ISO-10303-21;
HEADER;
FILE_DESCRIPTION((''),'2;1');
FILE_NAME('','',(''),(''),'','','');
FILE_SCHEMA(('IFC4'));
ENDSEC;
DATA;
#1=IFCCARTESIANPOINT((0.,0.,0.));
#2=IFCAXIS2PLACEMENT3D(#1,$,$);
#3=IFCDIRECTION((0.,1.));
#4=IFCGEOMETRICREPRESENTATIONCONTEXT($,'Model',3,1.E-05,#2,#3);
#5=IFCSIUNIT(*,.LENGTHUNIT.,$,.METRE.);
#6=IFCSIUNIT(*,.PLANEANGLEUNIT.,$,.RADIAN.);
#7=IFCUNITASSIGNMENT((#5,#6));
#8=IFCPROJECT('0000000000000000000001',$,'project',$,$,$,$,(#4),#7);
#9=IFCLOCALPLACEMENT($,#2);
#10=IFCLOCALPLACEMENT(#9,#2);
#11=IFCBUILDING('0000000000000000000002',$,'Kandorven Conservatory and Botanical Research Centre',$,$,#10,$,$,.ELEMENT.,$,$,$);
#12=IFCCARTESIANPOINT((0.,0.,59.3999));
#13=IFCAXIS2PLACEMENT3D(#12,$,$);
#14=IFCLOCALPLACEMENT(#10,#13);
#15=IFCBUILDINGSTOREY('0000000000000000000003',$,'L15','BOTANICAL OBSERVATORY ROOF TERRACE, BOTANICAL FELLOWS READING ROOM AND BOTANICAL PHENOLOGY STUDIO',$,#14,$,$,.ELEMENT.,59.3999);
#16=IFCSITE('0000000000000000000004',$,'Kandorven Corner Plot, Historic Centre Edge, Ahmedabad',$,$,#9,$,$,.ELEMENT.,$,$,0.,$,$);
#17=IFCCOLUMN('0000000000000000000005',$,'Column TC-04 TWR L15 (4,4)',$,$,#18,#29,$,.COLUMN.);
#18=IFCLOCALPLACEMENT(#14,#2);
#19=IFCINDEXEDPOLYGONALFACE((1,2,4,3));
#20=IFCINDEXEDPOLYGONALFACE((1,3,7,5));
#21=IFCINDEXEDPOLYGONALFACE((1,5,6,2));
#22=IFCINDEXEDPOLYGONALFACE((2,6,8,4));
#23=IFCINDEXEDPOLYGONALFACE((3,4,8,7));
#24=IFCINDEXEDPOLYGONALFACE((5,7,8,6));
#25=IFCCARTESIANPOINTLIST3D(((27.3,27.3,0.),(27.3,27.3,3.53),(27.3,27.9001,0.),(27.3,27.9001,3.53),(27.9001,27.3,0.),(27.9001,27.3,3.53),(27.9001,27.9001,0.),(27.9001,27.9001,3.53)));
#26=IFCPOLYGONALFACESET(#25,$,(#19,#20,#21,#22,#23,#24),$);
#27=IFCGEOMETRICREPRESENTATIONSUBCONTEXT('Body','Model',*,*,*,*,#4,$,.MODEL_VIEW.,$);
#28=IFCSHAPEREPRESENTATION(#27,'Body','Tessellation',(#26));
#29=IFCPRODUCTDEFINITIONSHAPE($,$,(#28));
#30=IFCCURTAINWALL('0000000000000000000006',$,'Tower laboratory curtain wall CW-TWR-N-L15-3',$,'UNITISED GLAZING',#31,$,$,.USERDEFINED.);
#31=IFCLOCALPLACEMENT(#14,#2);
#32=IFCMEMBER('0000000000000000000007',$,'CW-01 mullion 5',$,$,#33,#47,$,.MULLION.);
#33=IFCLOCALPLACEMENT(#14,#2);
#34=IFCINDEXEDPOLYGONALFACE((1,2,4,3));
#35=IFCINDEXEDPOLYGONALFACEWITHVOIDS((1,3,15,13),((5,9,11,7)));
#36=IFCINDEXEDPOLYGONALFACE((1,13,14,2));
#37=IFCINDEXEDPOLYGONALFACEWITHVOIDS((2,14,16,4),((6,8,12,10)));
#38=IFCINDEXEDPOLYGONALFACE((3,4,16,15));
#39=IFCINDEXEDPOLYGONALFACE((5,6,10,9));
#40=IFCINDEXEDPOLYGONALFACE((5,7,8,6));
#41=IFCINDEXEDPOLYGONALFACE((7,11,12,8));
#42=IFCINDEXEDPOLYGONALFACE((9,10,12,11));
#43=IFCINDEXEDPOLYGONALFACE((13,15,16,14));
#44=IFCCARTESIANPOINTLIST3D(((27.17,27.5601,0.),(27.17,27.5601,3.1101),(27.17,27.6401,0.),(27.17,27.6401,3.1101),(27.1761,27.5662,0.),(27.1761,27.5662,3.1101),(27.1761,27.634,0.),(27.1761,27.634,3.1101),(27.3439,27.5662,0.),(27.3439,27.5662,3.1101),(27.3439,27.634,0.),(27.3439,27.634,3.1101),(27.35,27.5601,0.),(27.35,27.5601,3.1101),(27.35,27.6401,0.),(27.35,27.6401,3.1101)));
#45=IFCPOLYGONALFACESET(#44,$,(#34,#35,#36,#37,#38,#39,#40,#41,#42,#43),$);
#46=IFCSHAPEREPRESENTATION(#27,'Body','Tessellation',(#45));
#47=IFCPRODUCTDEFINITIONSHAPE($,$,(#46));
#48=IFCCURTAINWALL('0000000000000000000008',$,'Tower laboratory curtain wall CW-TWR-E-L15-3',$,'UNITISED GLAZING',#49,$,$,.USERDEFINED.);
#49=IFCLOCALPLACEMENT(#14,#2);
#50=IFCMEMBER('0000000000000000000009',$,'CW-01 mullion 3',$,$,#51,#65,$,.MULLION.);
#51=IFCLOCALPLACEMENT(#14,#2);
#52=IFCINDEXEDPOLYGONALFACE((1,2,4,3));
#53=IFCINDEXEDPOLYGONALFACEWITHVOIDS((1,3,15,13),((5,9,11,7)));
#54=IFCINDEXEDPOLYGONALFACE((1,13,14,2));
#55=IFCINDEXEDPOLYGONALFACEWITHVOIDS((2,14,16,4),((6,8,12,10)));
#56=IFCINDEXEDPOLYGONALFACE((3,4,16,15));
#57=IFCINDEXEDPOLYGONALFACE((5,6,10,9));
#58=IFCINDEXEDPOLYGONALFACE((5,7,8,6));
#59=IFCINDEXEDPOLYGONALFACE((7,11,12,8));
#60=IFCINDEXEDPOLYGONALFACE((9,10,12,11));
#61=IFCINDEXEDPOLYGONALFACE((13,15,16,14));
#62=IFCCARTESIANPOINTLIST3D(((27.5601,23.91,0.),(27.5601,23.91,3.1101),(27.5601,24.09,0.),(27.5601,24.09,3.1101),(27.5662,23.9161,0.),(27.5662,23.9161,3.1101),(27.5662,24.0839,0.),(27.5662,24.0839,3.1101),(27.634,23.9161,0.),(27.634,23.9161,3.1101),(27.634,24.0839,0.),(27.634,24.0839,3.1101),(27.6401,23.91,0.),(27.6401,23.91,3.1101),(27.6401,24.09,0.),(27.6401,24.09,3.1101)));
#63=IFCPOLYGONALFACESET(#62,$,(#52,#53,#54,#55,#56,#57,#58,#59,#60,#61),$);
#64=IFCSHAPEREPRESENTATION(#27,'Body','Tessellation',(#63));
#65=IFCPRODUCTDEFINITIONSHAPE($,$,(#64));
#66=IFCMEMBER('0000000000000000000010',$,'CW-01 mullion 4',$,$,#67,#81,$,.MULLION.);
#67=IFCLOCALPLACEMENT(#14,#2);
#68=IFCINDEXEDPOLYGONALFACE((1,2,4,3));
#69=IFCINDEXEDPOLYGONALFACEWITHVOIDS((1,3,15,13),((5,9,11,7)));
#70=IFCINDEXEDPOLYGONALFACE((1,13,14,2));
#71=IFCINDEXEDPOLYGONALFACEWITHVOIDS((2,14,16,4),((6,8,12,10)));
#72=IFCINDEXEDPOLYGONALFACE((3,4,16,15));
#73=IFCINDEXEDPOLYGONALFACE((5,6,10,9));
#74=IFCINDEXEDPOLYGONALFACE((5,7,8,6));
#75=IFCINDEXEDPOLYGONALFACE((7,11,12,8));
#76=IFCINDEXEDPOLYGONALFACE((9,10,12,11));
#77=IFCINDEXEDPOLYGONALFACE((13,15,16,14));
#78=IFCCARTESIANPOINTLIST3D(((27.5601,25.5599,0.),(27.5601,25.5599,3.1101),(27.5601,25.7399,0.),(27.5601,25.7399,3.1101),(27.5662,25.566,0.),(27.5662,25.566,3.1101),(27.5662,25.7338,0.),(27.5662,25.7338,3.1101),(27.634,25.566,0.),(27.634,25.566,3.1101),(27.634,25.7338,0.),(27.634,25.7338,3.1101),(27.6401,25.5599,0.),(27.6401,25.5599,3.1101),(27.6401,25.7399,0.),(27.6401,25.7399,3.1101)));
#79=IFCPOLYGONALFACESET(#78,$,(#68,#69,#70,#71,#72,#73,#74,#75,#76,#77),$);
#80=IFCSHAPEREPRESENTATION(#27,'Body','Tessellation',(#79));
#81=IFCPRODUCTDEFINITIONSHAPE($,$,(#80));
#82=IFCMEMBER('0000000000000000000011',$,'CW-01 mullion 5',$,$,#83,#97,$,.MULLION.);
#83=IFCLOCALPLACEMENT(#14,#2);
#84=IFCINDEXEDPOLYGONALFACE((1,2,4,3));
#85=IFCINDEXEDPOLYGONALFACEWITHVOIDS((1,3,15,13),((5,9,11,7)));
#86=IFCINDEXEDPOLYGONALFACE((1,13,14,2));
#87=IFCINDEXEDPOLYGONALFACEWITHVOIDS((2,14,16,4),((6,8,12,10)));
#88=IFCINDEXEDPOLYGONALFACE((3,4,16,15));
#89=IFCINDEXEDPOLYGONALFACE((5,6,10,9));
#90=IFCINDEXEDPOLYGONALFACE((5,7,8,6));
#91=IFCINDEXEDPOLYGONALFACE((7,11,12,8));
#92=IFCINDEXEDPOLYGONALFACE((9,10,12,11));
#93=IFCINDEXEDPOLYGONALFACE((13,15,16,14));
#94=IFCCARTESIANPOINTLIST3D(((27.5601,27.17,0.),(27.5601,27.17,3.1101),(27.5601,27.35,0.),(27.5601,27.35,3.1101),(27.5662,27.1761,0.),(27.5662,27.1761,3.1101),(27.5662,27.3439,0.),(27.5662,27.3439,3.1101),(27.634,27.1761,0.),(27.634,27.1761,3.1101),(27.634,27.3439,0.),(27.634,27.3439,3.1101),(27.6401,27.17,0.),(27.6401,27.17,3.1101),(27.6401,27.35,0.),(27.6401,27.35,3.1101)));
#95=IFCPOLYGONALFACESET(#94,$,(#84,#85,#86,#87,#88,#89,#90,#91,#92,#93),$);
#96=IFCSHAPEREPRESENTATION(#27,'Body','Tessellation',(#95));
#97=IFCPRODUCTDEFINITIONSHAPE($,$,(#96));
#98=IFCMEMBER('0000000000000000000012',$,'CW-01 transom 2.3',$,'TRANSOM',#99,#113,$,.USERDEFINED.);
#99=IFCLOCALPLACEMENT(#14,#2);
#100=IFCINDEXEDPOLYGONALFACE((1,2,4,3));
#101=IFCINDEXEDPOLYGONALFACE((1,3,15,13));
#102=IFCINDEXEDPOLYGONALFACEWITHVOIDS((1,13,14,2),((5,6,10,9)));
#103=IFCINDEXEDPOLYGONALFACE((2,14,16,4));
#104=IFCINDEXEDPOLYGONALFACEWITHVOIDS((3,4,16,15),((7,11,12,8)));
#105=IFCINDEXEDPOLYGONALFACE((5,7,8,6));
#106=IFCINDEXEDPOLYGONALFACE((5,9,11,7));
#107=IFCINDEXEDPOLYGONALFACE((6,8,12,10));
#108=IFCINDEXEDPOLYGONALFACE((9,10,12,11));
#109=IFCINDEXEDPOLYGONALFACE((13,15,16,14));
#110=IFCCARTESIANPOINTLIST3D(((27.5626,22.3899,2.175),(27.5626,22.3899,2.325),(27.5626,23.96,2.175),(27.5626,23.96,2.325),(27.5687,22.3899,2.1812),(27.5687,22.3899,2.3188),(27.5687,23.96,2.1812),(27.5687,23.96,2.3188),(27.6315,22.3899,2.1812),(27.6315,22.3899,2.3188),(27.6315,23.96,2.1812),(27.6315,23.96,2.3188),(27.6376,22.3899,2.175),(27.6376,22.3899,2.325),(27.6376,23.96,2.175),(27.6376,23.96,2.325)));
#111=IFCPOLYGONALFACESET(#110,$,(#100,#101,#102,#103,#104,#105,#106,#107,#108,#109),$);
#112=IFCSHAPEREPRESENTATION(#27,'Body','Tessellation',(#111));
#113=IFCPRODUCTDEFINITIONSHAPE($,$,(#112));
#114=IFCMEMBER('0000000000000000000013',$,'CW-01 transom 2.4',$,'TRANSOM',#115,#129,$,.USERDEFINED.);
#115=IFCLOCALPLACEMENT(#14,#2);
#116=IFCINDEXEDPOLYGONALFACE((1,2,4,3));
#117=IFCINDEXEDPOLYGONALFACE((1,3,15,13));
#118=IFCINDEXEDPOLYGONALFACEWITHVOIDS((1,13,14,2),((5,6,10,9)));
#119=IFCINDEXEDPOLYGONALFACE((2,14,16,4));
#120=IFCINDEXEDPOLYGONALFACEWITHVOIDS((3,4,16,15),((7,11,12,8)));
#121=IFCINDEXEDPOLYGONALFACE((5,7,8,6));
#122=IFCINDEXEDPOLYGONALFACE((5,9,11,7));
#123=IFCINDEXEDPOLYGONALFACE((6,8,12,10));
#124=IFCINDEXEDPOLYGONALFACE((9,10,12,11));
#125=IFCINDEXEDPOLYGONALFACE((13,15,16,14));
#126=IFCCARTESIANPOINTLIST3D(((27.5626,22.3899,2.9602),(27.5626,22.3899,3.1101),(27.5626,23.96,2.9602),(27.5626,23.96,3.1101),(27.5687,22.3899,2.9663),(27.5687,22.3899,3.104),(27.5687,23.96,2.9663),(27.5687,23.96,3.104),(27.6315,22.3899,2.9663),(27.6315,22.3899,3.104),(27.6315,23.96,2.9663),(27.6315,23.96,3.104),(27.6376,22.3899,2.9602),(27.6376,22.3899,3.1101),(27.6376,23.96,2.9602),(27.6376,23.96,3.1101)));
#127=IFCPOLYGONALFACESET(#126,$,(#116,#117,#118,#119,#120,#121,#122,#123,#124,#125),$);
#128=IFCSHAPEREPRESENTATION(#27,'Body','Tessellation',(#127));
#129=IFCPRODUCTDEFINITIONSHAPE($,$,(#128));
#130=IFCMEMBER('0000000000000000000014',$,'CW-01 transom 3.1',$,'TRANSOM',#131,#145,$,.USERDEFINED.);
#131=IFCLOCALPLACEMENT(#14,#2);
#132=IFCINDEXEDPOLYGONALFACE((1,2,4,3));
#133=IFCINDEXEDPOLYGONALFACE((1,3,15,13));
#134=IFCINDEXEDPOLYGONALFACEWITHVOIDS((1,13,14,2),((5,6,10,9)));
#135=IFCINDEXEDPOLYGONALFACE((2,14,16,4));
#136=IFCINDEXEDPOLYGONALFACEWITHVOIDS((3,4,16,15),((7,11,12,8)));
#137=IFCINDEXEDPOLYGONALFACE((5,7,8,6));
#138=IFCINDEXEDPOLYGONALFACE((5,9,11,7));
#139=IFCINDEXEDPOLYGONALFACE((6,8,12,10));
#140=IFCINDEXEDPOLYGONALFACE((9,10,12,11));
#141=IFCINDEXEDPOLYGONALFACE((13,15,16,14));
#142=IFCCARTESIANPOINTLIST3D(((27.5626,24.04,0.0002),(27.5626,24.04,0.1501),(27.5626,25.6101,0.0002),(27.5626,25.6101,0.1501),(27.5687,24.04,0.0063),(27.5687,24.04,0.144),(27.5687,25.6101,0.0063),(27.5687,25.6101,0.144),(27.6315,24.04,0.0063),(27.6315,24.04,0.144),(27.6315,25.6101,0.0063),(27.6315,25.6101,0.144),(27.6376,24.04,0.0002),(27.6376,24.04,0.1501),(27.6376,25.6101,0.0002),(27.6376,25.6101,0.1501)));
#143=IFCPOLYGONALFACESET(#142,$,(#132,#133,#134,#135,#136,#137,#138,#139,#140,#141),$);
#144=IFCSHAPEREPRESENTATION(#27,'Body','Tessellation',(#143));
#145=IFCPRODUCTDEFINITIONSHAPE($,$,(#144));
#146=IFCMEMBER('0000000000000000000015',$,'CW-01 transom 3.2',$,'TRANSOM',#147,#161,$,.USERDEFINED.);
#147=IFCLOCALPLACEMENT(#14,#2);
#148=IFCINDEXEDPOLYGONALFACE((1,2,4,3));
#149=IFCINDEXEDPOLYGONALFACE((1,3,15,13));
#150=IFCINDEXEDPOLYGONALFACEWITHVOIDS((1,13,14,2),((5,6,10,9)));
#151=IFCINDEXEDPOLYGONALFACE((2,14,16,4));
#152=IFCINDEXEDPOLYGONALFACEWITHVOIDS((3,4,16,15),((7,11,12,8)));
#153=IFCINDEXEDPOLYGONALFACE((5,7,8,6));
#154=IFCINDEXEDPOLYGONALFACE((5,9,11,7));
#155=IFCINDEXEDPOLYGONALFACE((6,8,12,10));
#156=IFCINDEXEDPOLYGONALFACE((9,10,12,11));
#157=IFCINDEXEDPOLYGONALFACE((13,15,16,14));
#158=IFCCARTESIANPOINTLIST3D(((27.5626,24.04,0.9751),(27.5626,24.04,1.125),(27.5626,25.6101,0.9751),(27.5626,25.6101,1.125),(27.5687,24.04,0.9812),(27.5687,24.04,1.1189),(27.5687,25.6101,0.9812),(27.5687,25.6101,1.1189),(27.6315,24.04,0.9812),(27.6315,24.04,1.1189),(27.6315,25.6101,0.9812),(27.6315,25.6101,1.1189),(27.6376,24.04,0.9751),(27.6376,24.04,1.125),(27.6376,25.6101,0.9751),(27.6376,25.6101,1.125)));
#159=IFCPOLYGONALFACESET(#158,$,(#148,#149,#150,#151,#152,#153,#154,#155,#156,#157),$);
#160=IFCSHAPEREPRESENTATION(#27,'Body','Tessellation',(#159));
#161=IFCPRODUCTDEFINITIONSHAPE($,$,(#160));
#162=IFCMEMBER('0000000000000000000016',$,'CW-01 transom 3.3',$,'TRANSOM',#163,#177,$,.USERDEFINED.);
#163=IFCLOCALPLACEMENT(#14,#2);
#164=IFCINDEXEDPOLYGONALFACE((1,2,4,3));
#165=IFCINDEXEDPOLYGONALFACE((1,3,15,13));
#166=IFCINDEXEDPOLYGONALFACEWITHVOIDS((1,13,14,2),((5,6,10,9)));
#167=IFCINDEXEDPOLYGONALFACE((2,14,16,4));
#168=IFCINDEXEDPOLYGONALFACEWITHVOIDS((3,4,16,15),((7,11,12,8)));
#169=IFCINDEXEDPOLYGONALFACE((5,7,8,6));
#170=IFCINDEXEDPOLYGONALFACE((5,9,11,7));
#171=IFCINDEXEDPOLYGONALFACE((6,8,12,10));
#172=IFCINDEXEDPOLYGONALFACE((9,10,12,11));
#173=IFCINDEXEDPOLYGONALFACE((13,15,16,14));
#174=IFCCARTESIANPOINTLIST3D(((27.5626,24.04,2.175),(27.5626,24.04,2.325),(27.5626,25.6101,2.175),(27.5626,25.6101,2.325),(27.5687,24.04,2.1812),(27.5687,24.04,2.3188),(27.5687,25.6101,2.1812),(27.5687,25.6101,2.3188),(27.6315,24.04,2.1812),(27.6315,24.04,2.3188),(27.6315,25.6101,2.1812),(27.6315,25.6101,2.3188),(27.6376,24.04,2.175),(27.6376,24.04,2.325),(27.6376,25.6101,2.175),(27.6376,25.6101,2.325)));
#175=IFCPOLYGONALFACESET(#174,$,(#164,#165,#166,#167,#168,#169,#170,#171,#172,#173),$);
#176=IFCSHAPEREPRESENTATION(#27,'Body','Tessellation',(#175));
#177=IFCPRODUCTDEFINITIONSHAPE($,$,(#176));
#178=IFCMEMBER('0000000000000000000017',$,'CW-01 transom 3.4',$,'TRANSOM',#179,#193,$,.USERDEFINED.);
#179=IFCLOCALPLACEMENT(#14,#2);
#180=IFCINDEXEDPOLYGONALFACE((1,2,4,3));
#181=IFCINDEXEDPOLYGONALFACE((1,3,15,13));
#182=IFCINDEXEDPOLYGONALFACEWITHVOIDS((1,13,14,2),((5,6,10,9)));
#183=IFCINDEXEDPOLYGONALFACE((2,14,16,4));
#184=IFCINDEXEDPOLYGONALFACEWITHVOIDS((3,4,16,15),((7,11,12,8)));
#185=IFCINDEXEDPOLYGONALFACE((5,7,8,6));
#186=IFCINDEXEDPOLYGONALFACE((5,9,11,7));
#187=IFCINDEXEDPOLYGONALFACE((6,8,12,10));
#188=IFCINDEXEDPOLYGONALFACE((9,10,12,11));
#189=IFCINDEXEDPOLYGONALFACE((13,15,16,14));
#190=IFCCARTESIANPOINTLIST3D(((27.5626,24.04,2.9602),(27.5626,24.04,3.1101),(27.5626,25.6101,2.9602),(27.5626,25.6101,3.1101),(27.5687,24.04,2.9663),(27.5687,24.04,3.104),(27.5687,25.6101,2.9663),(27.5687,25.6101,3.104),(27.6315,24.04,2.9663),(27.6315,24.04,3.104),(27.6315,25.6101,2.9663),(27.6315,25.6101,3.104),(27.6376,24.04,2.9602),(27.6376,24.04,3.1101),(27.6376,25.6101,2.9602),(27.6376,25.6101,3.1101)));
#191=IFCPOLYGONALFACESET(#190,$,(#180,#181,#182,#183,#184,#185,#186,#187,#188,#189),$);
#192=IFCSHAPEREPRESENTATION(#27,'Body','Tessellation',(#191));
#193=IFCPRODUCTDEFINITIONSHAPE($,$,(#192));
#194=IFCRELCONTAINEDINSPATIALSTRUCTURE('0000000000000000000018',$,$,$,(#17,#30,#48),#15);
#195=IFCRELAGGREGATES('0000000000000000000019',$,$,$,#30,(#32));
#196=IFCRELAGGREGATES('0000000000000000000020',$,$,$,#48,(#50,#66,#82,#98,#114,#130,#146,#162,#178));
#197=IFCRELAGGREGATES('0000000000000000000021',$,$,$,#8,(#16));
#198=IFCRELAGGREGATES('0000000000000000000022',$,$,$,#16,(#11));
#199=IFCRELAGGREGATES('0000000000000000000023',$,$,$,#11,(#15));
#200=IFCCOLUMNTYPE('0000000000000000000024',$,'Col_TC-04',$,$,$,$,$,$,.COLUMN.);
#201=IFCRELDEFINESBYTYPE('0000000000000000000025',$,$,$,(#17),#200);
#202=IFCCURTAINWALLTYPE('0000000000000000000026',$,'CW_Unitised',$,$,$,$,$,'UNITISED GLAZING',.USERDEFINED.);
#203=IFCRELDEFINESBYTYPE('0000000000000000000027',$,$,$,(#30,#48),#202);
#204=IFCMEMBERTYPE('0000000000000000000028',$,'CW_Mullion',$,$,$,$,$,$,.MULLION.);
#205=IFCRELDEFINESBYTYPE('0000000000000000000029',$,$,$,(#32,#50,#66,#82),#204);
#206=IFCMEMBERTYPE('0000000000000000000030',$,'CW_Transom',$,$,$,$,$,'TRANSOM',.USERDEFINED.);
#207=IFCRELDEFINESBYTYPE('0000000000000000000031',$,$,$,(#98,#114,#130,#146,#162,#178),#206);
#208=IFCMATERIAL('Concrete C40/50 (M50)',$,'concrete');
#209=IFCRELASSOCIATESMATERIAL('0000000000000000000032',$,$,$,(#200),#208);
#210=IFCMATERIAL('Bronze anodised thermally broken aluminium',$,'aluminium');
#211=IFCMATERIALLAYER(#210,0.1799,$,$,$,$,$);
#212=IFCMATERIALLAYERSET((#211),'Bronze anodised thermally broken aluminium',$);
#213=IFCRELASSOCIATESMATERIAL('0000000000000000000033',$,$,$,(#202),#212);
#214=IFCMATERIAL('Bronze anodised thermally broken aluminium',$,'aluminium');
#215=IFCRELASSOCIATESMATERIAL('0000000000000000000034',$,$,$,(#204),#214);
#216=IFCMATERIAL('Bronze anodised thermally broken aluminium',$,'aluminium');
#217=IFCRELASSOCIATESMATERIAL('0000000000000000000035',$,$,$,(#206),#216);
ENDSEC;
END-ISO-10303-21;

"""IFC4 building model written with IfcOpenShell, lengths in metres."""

from ifc_helpers import new_model, si_unit, direction, frame, origin, origin_2d, place, context, subcontext, project, spatial, rectangle, hollow_rectangle, extrude, material, layer, layer_set, material_profile, profile_set, type_object, element, aggregate, save


model = new_model("IFC4")

# Units and contexts
model_context = context("Model", 3, precision=1e-05, world=origin(), true_north=direction((0.0, 1.0)))
body_context = subcontext(model_context, "Body", "Model", "MODEL_VIEW")
ifc_project = project(units=[si_unit("LENGTHUNIT", "METRE"), si_unit("PLANEANGLEUNIT", "RADIAN")], contexts=[model_context])

# Site, building, storey
site_placement = place(None, origin())
site = spatial("IfcSite", under=ifc_project, at=site_placement, Name="Kandorven Corner Plot, Historic Centre Edge, Ahmedabad", CompositionType="ELEMENT", RefElevation=0.0)
building_placement = place(site_placement, origin())
building = spatial("IfcBuilding", under=site, at=building_placement, Name="Kandorven Conservatory and Botanical Research Centre", CompositionType="ELEMENT")
storey_placement = place(building_placement, frame((0.0, 0.0, 59.3999)))
storey = spatial("IfcBuildingStorey", under=building, at=storey_placement, Name="L15", Description="BOTANICAL OBSERVATORY ROOF TERRACE, BOTANICAL FELLOWS READING ROOM AND BOTANICAL PHENOLOGY STUDIO", CompositionType="ELEMENT", Elevation=59.3999)

# Column
ifc_material_1 = material(Name="Concrete C40/50 (M50)", Category="concrete")
ifc_material_profile_1 = material_profile(ifc_material_1, rectangle(XDim=0.6001, YDim=0.6001, at=origin_2d()))
ifc_profile_set_1 = profile_set([ifc_material_profile_1], Name="Concrete C40/50 (M50)")
column_type = type_object("IfcColumnType", Name="Col_TC-04", PredefinedType="COLUMN", material=ifc_profile_set_1)
column_placement = place(storey_placement, frame((27.6001, 27.6001, 0.0), z_axis=(0.0, 0.0, 1.0), x_axis=(1.0, 0.0, 0.0)))
element("IfcColumn", 1, at=column_placement, inside=storey, type_object=column_type, Name="Column TC-04 TWR L15 (4,4)", PredefinedType="COLUMN", context=body_context, shape_type="SweptSolid", body=[
    extrude(rectangle(XDim=0.6001, YDim=0.6001, at=origin_2d()), origin(), (0.0, 0.0, 1.0), 3.53),
])

# Curtain wall, member
ifc_material_2 = material(Name="Bronze anodised thermally broken aluminium", Category="aluminium")
ifc_layer_1 = layer(ifc_material_2, 0.1799)
ifc_layer_set_1 = layer_set([ifc_layer_1], Name="Bronze anodised thermally broken aluminium")
curtain_wall_type = type_object("IfcCurtainWallType", Name="CW_Unitised", ElementType="UNITISED GLAZING", PredefinedType="USERDEFINED", material=ifc_layer_set_1)
curtain_wall_1_placement = place(storey_placement, origin())
curtain_wall_1 = element("IfcCurtainWall", 2, at=curtain_wall_1_placement, inside=storey, type_object=curtain_wall_type, Name="Tower laboratory curtain wall CW-TWR-N-L15-3", ObjectType="UNITISED GLAZING", PredefinedType="USERDEFINED")
ifc_material_3 = material(Name="Bronze anodised thermally broken aluminium", Category="aluminium")
ifc_material_profile_2 = material_profile(ifc_material_3, hollow_rectangle(XDim=0.0801, YDim=0.1799, WallThickness=0.0061, at=origin_2d()))
ifc_profile_set_2 = profile_set([ifc_material_profile_2], Name="Bronze anodised thermally broken aluminium")
member_type_1 = type_object("IfcMemberType", Name="CW_Mullion", PredefinedType="MULLION", material=ifc_profile_set_2)
member_1_placement = place(storey_placement, frame((27.26, 27.6001, 0.0), z_axis=(0.0, 0.0, 1.0), x_axis=(0.0, 1.0, 0.0)))
member_1 = element("IfcMember", 3, at=member_1_placement, type_object=member_type_1, Name="CW-01 mullion 5", PredefinedType="MULLION", context=body_context, shape_type="SweptSolid", body=[
    extrude(hollow_rectangle(XDim=0.0801, YDim=0.1799, WallThickness=0.0061, at=origin_2d()), origin(), (0.0, 0.0, 1.0), 3.1101),
])
aggregate(curtain_wall_1, [member_1])

# Curtain wall, members
curtain_wall_2_placement = place(storey_placement, origin())
curtain_wall_2 = element("IfcCurtainWall", 4, at=curtain_wall_2_placement, inside=storey, type_object=curtain_wall_type, Name="Tower laboratory curtain wall CW-TWR-E-L15-3", ObjectType="UNITISED GLAZING", PredefinedType="USERDEFINED")
member_2_placement = place(storey_placement, frame((27.6001, 24.0, 0.0), z_axis=(0.0, 0.0, 1.0), x_axis=(-1.0, 0.0, 0.0)))
member_2 = element("IfcMember", 5, at=member_2_placement, type_object=member_type_1, Name="CW-01 mullion 3", PredefinedType="MULLION", context=body_context, shape_type="SweptSolid", body=[
    extrude(hollow_rectangle(XDim=0.0801, YDim=0.1799, WallThickness=0.0061, at=origin_2d()), origin(), (0.0, 0.0, 1.0), 3.1101),
])
member_3_placement = place(storey_placement, frame((27.6001, 25.6499, 0.0), z_axis=(0.0, 0.0, 1.0), x_axis=(-1.0, 0.0, 0.0)))
member_3 = element("IfcMember", 6, at=member_3_placement, type_object=member_type_1, Name="CW-01 mullion 4", PredefinedType="MULLION", context=body_context, shape_type="SweptSolid", body=[
    extrude(hollow_rectangle(XDim=0.0801, YDim=0.1799, WallThickness=0.0061, at=origin_2d()), origin(), (0.0, 0.0, 1.0), 3.1101),
])
member_4_placement = place(storey_placement, frame((27.6001, 27.26, 0.0), z_axis=(0.0, 0.0, 1.0), x_axis=(-1.0, 0.0, 0.0)))
member_4 = element("IfcMember", 7, at=member_4_placement, type_object=member_type_1, Name="CW-01 mullion 5", PredefinedType="MULLION", context=body_context, shape_type="SweptSolid", body=[
    extrude(hollow_rectangle(XDim=0.0801, YDim=0.1799, WallThickness=0.0061, at=origin_2d()), origin(), (0.0, 0.0, 1.0), 3.1101),
])
ifc_material_4 = material(Name="Bronze anodised thermally broken aluminium", Category="aluminium")
ifc_material_profile_3 = material_profile(ifc_material_4, hollow_rectangle(XDim=0.075, YDim=0.1499, WallThickness=0.0061, at=origin_2d()))
ifc_profile_set_3 = profile_set([ifc_material_profile_3], Name="Bronze anodised thermally broken aluminium")
member_type_2 = type_object("IfcMemberType", Name="CW_Transom", ElementType="TRANSOM", PredefinedType="USERDEFINED", material=ifc_profile_set_3)
member_5_placement = place(storey_placement, frame((27.6001, 22.3899, 2.25), z_axis=(0.0, 1.0, 0.0), x_axis=(-1.0, 0.0, 0.0)))
member_5 = element("IfcMember", 8, at=member_5_placement, type_object=member_type_2, Name="CW-01 transom 2.3", ObjectType="TRANSOM", PredefinedType="USERDEFINED", context=body_context, shape_type="SweptSolid", body=[
    extrude(hollow_rectangle(XDim=0.075, YDim=0.1499, WallThickness=0.0061, at=origin_2d()), origin(), (0.0, 0.0, 1.0), 1.5701),
])
member_6_placement = place(storey_placement, frame((27.6001, 22.3899, 3.0352), z_axis=(0.0, 1.0, 0.0), x_axis=(-1.0, 0.0, 0.0)))
member_6 = element("IfcMember", 9, at=member_6_placement, type_object=member_type_2, Name="CW-01 transom 2.4", ObjectType="TRANSOM", PredefinedType="USERDEFINED", context=body_context, shape_type="SweptSolid", body=[
    extrude(hollow_rectangle(XDim=0.075, YDim=0.1499, WallThickness=0.0061, at=origin_2d()), origin(), (0.0, 0.0, 1.0), 1.5701),
])
member_7_placement = place(storey_placement, frame((27.6001, 24.04, 0.0752), z_axis=(0.0, 1.0, 0.0), x_axis=(-1.0, 0.0, 0.0)))
member_7 = element("IfcMember", 10, at=member_7_placement, type_object=member_type_2, Name="CW-01 transom 3.1", ObjectType="TRANSOM", PredefinedType="USERDEFINED", context=body_context, shape_type="SweptSolid", body=[
    extrude(hollow_rectangle(XDim=0.075, YDim=0.1499, WallThickness=0.0061, at=origin_2d()), origin(), (0.0, 0.0, 1.0), 1.5701),
])
member_8_placement = place(storey_placement, frame((27.6001, 24.04, 1.05), z_axis=(0.0, 1.0, 0.0), x_axis=(-1.0, 0.0, 0.0)))
member_8 = element("IfcMember", 11, at=member_8_placement, type_object=member_type_2, Name="CW-01 transom 3.2", ObjectType="TRANSOM", PredefinedType="USERDEFINED", context=body_context, shape_type="SweptSolid", body=[
    extrude(hollow_rectangle(XDim=0.075, YDim=0.1499, WallThickness=0.0061, at=origin_2d()), origin(), (0.0, 0.0, 1.0), 1.5701),
])
member_9_placement = place(storey_placement, frame((27.6001, 24.04, 2.25), z_axis=(0.0, 1.0, 0.0), x_axis=(-1.0, 0.0, 0.0)))
member_9 = element("IfcMember", 12, at=member_9_placement, type_object=member_type_2, Name="CW-01 transom 3.3", ObjectType="TRANSOM", PredefinedType="USERDEFINED", context=body_context, shape_type="SweptSolid", body=[
    extrude(hollow_rectangle(XDim=0.075, YDim=0.1499, WallThickness=0.0061, at=origin_2d()), origin(), (0.0, 0.0, 1.0), 1.5701),
])
member_10_placement = place(storey_placement, frame((27.6001, 24.04, 3.0352), z_axis=(0.0, 1.0, 0.0), x_axis=(-1.0, 0.0, 0.0)))
member_10 = element("IfcMember", 13, at=member_10_placement, type_object=member_type_2, Name="CW-01 transom 3.4", ObjectType="TRANSOM", PredefinedType="USERDEFINED", context=body_context, shape_type="SweptSolid", body=[
    extrude(hollow_rectangle(XDim=0.075, YDim=0.1499, WallThickness=0.0061, at=origin_2d()), origin(), (0.0, 0.0, 1.0), 1.5701),
])
aggregate(curtain_wall_2, [member_2, member_3, member_4, member_5, member_6, member_7, member_8, member_9, member_10])

save(model, "model.ifc")
